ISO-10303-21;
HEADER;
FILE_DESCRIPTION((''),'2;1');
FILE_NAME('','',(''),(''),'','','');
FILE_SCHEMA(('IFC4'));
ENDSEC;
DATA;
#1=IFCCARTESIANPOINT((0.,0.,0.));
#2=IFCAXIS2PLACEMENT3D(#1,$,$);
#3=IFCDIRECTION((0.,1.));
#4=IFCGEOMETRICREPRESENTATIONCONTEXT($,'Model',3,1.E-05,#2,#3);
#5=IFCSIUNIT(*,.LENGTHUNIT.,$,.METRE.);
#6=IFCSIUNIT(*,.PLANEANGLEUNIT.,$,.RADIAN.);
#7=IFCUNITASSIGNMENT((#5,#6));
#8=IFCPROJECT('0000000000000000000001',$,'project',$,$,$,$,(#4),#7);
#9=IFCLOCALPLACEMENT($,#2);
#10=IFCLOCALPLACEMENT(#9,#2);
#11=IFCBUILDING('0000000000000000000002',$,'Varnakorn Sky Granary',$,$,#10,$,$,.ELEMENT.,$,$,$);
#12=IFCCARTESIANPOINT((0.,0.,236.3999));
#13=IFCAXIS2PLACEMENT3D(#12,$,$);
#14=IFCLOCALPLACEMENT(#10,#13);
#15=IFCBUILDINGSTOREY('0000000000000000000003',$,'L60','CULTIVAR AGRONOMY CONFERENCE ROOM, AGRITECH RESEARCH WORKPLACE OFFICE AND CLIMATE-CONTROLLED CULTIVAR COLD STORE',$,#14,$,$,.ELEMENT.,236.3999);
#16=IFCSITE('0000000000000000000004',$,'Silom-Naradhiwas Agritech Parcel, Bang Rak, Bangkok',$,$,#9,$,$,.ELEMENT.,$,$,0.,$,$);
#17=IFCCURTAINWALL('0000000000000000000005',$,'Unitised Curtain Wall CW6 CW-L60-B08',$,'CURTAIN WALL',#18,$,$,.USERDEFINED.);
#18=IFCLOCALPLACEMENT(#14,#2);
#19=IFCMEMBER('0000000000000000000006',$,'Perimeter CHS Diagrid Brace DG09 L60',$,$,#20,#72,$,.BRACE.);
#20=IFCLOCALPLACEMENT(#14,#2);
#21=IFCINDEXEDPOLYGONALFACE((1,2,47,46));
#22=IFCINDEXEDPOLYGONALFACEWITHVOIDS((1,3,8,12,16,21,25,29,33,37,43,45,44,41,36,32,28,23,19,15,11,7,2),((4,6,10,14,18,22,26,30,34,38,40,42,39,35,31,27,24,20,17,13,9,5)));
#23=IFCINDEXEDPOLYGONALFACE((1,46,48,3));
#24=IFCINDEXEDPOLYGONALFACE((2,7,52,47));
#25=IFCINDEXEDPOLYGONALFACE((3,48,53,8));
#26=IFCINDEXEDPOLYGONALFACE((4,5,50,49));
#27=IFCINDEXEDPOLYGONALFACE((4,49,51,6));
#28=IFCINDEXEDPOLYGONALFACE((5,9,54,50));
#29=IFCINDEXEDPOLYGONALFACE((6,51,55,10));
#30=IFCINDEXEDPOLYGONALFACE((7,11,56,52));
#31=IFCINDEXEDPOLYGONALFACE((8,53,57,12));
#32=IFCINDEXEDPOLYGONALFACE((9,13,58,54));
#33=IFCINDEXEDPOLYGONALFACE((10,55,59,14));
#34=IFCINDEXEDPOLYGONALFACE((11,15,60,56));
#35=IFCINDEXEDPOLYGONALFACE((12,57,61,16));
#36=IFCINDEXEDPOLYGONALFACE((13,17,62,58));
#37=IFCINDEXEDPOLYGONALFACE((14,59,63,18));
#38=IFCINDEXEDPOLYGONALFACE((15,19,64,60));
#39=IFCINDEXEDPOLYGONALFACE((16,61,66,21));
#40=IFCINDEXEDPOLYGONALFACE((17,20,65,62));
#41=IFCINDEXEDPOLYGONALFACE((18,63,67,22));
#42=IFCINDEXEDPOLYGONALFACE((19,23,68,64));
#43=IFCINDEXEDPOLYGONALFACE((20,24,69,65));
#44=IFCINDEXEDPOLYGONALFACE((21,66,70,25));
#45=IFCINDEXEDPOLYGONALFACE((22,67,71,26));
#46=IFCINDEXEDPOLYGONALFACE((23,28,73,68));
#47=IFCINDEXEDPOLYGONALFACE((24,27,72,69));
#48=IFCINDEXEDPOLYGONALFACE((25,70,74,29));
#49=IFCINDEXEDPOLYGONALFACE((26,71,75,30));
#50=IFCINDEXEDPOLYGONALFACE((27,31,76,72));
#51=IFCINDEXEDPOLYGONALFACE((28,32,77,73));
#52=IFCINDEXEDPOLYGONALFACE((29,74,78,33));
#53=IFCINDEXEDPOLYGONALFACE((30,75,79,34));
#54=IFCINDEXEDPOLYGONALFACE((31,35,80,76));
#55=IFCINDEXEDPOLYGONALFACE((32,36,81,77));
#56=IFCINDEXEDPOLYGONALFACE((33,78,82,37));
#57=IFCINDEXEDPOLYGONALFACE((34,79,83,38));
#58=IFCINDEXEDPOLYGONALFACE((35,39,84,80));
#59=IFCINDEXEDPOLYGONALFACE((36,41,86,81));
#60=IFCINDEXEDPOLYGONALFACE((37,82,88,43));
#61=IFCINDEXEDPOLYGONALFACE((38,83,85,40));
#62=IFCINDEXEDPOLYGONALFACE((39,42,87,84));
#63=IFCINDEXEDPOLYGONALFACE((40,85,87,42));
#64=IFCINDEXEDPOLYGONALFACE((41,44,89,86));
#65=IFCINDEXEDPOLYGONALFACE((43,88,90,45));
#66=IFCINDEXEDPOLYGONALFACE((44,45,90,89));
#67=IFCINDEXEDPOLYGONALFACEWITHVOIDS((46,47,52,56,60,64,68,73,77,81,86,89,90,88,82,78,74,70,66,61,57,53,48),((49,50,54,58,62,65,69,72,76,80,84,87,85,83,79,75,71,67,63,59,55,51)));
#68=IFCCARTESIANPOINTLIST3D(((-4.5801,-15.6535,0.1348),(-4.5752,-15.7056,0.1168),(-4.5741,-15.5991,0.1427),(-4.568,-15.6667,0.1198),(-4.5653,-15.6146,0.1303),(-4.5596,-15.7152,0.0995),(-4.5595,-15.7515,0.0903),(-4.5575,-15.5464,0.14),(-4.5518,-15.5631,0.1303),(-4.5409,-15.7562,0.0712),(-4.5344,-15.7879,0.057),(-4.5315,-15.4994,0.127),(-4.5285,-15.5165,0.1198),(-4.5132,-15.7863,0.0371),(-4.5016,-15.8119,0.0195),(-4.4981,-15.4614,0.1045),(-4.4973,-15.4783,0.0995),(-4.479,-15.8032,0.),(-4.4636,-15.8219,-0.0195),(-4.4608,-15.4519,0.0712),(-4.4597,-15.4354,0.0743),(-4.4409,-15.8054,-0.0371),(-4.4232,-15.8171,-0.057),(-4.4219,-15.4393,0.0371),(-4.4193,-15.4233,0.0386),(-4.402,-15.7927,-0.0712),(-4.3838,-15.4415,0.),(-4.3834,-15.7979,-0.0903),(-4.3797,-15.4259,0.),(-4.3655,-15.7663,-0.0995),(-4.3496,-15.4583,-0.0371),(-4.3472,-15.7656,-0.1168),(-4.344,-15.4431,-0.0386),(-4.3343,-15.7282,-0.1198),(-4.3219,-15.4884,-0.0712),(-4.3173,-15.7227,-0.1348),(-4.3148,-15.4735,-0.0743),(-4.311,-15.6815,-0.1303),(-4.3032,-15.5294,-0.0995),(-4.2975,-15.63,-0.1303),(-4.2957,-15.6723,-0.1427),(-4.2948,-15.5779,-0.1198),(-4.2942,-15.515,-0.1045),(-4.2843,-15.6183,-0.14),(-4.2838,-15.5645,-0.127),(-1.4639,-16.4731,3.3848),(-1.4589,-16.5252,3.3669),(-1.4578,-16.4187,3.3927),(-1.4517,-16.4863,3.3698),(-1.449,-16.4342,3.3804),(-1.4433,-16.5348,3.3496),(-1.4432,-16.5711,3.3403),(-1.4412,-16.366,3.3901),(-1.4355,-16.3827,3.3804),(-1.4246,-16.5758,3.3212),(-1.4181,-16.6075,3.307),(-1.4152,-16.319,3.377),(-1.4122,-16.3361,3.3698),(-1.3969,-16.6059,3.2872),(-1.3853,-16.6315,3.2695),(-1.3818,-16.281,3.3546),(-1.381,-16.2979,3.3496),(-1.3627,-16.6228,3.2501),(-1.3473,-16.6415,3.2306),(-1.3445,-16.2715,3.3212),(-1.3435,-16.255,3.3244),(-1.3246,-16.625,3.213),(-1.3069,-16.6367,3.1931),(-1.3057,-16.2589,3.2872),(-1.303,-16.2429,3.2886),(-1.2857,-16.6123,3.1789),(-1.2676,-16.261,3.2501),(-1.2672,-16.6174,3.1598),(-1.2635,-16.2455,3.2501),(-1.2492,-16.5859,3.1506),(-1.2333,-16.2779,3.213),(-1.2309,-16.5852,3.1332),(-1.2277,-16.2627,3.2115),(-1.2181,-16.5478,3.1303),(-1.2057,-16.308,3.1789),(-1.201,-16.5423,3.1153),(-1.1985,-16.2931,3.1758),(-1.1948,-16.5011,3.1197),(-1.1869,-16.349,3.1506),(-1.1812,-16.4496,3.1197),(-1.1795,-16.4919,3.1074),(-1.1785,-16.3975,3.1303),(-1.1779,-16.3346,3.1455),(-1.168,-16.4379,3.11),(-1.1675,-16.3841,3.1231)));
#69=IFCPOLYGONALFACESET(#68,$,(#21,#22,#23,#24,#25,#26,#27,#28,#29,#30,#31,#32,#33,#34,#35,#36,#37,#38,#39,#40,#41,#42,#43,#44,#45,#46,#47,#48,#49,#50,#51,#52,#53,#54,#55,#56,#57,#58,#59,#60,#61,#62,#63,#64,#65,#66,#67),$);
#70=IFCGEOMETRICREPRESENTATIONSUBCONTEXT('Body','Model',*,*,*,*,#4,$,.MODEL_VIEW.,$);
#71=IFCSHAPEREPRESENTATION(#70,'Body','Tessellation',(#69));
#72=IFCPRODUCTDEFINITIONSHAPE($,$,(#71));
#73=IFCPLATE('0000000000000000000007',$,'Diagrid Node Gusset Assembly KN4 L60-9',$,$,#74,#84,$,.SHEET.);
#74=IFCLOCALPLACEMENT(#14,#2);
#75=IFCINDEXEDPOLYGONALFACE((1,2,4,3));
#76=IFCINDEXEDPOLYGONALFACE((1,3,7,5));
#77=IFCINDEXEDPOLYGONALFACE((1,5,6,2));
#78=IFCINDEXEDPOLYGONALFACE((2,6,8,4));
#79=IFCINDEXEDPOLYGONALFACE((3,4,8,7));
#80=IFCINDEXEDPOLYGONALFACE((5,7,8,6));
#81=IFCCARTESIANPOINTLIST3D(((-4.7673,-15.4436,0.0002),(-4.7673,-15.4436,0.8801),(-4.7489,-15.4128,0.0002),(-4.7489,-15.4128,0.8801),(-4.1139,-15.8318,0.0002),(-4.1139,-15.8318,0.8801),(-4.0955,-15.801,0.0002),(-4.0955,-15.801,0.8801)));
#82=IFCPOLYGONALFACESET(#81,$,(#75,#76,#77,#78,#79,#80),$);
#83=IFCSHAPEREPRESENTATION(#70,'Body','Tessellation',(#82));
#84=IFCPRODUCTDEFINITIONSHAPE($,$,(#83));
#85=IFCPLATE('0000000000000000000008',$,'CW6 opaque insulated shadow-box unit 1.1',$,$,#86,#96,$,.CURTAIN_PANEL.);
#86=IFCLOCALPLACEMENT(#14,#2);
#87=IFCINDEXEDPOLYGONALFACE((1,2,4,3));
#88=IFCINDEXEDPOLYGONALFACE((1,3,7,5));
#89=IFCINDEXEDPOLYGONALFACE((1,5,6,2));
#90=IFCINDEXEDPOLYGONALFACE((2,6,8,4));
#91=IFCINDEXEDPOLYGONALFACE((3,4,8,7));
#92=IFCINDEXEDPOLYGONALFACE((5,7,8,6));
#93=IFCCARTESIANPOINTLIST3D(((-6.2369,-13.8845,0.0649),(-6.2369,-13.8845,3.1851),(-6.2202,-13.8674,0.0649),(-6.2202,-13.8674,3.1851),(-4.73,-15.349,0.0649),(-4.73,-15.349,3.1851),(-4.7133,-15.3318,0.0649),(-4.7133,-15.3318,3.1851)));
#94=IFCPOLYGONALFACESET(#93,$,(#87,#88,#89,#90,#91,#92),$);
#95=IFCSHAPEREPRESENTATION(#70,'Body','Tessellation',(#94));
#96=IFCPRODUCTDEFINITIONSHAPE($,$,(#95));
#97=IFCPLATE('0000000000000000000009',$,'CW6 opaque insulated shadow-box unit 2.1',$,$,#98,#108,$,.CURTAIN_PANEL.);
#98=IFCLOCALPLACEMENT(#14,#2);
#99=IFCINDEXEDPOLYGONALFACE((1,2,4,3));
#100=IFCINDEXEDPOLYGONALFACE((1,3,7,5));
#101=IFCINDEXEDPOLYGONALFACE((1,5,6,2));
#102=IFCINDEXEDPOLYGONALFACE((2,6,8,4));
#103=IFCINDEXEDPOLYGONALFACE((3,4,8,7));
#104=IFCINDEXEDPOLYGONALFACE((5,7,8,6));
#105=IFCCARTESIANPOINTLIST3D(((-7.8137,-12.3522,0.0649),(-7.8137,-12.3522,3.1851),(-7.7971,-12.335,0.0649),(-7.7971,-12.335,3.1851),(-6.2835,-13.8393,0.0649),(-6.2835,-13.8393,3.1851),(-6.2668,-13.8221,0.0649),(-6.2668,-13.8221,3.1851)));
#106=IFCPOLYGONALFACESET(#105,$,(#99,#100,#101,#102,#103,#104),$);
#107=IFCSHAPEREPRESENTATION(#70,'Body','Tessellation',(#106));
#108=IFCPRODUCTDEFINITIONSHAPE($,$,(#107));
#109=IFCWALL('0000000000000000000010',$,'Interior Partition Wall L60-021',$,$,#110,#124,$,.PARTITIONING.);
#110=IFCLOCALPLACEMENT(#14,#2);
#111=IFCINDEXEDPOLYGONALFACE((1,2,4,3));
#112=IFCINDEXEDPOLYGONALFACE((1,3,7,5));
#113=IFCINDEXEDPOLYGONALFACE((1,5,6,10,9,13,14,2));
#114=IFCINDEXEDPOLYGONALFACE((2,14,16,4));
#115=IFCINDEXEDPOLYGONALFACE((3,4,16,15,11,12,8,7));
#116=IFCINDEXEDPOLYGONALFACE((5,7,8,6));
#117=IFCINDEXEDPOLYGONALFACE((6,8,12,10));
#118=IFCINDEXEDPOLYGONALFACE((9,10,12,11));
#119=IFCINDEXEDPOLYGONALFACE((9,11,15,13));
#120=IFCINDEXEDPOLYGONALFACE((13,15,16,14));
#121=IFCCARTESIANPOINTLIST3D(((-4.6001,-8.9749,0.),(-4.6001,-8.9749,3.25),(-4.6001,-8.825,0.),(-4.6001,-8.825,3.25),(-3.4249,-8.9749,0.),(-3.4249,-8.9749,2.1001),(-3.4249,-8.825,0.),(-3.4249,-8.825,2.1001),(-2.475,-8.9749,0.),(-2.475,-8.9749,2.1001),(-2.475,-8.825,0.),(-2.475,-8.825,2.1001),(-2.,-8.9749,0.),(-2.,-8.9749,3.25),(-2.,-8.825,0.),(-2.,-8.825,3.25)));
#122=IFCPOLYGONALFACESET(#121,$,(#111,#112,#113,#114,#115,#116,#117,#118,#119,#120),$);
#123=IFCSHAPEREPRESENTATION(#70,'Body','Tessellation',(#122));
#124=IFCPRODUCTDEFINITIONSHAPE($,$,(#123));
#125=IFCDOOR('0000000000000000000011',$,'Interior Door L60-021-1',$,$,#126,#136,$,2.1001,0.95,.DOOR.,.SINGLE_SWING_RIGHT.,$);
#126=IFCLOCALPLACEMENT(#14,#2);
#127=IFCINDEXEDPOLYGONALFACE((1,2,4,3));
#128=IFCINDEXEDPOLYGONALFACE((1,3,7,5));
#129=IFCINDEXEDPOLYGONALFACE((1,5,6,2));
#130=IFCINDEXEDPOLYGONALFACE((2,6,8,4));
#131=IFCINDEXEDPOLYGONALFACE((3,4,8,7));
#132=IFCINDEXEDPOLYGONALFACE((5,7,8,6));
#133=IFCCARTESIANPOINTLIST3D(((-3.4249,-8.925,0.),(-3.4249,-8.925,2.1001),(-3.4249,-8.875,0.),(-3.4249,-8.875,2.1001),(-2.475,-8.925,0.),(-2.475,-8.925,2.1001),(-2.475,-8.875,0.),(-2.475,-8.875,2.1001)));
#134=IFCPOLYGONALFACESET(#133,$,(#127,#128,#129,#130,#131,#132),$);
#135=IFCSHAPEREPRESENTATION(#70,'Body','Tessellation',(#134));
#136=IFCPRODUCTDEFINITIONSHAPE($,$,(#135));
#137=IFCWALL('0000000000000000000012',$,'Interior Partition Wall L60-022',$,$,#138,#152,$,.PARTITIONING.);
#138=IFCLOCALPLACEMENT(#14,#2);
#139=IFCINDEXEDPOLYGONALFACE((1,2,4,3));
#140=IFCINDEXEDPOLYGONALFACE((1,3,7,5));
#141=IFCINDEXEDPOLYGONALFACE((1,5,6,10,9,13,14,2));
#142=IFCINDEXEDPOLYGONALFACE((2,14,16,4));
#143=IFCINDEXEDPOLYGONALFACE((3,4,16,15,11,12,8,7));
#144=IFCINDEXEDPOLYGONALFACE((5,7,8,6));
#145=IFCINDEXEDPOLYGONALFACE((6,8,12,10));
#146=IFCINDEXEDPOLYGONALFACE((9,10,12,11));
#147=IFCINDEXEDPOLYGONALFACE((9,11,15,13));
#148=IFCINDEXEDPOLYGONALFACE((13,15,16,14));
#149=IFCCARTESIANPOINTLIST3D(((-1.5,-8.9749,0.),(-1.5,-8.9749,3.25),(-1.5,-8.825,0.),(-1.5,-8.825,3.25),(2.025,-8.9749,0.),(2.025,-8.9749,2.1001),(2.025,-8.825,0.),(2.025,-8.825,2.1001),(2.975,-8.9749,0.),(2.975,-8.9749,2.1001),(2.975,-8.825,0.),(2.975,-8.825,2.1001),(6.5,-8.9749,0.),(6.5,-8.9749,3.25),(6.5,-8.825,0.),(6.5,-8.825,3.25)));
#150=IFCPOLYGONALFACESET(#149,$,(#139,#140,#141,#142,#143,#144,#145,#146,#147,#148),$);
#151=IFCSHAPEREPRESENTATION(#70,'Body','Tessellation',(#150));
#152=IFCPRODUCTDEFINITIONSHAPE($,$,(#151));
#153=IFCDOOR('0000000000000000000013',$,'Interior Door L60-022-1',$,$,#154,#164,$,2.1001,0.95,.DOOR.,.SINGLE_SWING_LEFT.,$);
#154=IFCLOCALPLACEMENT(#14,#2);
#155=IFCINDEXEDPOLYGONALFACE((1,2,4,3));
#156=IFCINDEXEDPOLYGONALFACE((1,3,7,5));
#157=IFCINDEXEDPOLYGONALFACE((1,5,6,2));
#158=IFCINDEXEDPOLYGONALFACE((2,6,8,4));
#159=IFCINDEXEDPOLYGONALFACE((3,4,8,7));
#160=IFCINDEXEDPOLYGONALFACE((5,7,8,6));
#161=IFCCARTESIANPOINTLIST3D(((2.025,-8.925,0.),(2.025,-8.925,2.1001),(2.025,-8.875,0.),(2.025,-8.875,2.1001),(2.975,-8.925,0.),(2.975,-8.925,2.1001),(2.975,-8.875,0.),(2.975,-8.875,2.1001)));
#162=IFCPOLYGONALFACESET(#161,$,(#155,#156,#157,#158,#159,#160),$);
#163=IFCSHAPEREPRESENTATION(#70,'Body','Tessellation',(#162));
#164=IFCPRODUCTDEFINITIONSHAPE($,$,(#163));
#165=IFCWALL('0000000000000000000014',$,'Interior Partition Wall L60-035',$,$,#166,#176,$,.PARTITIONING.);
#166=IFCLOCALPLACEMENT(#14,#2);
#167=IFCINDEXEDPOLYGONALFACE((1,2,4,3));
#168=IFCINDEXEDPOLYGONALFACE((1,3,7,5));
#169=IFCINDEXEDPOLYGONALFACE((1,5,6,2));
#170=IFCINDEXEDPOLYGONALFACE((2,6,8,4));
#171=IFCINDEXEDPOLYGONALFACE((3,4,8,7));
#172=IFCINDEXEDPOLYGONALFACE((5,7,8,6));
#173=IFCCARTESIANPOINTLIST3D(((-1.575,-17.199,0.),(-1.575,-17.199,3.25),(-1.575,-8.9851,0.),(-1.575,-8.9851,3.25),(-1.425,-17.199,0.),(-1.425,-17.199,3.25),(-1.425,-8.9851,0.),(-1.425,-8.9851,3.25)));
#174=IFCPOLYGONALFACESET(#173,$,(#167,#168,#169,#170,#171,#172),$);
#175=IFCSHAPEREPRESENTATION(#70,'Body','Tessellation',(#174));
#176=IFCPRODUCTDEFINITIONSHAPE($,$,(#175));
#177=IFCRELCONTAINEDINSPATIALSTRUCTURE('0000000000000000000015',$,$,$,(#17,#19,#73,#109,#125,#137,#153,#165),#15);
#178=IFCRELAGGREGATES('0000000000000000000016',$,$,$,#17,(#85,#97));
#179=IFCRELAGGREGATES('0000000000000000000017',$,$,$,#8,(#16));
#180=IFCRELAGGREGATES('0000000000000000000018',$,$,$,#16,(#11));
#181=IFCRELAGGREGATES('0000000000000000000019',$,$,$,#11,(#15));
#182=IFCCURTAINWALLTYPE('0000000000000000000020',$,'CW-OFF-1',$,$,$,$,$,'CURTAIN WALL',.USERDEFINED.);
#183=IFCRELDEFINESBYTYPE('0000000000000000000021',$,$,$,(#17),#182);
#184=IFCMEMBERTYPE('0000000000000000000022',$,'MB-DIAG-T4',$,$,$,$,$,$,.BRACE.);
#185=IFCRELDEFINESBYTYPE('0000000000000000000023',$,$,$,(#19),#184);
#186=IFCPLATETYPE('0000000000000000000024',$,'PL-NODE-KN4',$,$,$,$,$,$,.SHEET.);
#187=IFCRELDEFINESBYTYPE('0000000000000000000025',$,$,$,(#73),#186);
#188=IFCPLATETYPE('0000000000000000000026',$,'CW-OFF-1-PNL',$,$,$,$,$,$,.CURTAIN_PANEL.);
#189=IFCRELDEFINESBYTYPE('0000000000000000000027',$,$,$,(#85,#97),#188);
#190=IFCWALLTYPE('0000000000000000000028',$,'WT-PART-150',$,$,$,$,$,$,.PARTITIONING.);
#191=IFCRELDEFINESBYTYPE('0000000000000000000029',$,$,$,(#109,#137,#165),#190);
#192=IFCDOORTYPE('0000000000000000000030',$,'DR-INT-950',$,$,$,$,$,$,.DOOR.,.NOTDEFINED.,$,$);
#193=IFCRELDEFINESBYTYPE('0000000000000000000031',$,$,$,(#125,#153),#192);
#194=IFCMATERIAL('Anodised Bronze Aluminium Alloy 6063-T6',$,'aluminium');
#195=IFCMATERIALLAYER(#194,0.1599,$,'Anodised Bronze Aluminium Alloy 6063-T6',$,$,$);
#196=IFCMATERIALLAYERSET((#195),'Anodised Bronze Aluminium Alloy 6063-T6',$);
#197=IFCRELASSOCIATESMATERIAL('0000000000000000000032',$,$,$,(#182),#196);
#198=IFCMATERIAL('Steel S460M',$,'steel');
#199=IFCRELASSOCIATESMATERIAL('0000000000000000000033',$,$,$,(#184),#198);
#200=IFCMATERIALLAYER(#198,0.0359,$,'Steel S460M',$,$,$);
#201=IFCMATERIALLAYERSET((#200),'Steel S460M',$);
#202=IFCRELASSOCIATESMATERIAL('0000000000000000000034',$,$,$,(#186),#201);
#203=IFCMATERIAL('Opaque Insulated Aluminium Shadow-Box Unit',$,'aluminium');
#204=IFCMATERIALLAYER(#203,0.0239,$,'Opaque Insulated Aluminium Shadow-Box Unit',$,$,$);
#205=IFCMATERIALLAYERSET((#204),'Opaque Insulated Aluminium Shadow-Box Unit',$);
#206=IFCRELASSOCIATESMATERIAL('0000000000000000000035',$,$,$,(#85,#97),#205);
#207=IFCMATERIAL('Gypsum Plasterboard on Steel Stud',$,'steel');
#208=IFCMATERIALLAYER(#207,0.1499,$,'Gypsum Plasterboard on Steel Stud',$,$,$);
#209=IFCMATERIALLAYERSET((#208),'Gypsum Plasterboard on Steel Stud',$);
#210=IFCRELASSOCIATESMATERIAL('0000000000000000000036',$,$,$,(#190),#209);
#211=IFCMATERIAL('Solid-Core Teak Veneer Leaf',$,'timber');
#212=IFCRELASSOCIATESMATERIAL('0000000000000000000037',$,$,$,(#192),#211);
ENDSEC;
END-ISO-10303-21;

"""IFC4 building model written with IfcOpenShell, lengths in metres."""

from ifc_helpers import new_model, si_unit, direction, frame, frame_2d, origin, origin_2d, place, context, subcontext, project, spatial, rectangle, hollow_circle, extrude, source, transform, mapped, material, layer, layer_set, material_profile, profile_set, type_object, type_shapes, element, fill, aggregate, save


model = new_model("IFC4")

# Units and contexts
model_context = context("Model", 3, precision=1e-05, world=origin(), true_north=direction((0.0, 1.0)))
body_context = subcontext(model_context, "Body", "Model", "MODEL_VIEW")
ifc_project = project(units=[si_unit("LENGTHUNIT", "METRE"), si_unit("PLANEANGLEUNIT", "RADIAN")], contexts=[model_context])

# Site, building, storey
site_placement = place(None, origin())
site = spatial("IfcSite", under=ifc_project, at=site_placement, Name="Silom-Naradhiwas Agritech Parcel, Bang Rak, Bangkok", CompositionType="ELEMENT", RefElevation=0.0)
building_placement = place(site_placement, origin())
building = spatial("IfcBuilding", under=site, at=building_placement, Name="Varnakorn Sky Granary", CompositionType="ELEMENT")
storey_placement = place(building_placement, frame((0.0, 0.0, 236.3999)))
storey = spatial("IfcBuildingStorey", under=building, at=storey_placement, Name="L60", Description="CULTIVAR AGRONOMY CONFERENCE ROOM, AGRITECH RESEARCH WORKPLACE OFFICE AND CLIMATE-CONTROLLED CULTIVAR COLD STORE", CompositionType="ELEMENT", Elevation=236.3999)

# Shared definitions
ifc_material_1 = material(Name="Steel S460M", Category="steel")

# Curtain wall
ifc_material_2 = material(Name="Anodised Bronze Aluminium Alloy 6063-T6", Category="aluminium")
ifc_layer_1 = layer(ifc_material_2, 0.1599, Name="Anodised Bronze Aluminium Alloy 6063-T6")
ifc_layer_set_1 = layer_set([ifc_layer_1], Name="Anodised Bronze Aluminium Alloy 6063-T6")
curtain_wall_type = type_object("IfcCurtainWallType", Name="CW-OFF-1", ElementType="CURTAIN WALL", PredefinedType="USERDEFINED", material=ifc_layer_set_1)
curtain_wall_placement = place(storey_placement, origin())
curtain_wall = element("IfcCurtainWall", 1, at=curtain_wall_placement, inside=storey, type_object=curtain_wall_type, Name="Unitised Curtain Wall CW6 CW-L60-B08", ObjectType="CURTAIN WALL", PredefinedType="USERDEFINED")

# Member
ifc_material_profile_1 = material_profile(ifc_material_1, hollow_circle(Radius=0.2031, WallThickness=0.0161, at=origin_2d()), Name="CHS 406.4x16")
ifc_profile_set_1 = profile_set([ifc_material_profile_1], Name="Steel S460M")
member_type_1 = type_object("IfcMemberType", Name="MB-DIAG-T4", PredefinedType="BRACE", material=ifc_profile_set_1)
member_1_placement = place(storey_placement, frame((-4.4314, -15.6223, 0.0), z_axis=(0.680906, -0.179082, 0.710139), x_axis=(0.254355, 0.967111, 0.0)))
element("IfcMember", 2, at=member_1_placement, inside=storey, type_object=member_type_1, Name="Perimeter CHS Diagrid Brace DG09 L60", PredefinedType="BRACE", context=body_context, shape_type="SweptSolid", body=[
    extrude(hollow_circle(Radius=0.2031, WallThickness=0.0161, at=origin_2d()), origin(), (0.0, 0.0, 1.0), 4.5767),
])

# Plates
ifc_layer_2 = layer(ifc_material_1, 0.0359, Name="Steel S460M")
ifc_layer_set_2 = layer_set([ifc_layer_2], Name="Steel S460M")
plate_type_1 = type_object("IfcPlateType", Name="PL-NODE-KN4", PredefinedType="SHEET", material=ifc_layer_set_2)
plate_1_placement = place(storey_placement, frame((-4.4314, -15.6223, 0.0002), z_axis=(0.0, 0.0, 1.0), x_axis=(0.859714, -0.510775, 0.0)))
element("IfcPlate", 3, at=plate_1_placement, inside=storey, type_object=plate_type_1, Name="Diagrid Node Gusset Assembly KN4 L60-9", PredefinedType="SHEET", context=body_context, shape_type="SweptSolid", body=[
    extrude(rectangle(XDim=0.76, YDim=0.0359, at=origin_2d()), origin(), (0.0, 0.0, 1.0), 0.8799),
])
ifc_material_3 = material(Name="Opaque Insulated Aluminium Shadow-Box Unit", Category="aluminium")
ifc_layer_3 = layer(ifc_material_3, 0.0239, Name="Opaque Insulated Aluminium Shadow-Box Unit")
ifc_layer_set_3 = layer_set([ifc_layer_3], Name="Opaque Insulated Aluminium Shadow-Box Unit")
plate_type_2 = type_object("IfcPlateType", Name="CW-OFF-1-PNL", PredefinedType="CURTAIN_PANEL")
shared_shape_1 = source(origin(), body_context, "Body", "SweptSolid", [
    extrude(rectangle(XDim=2.1013, YDim=0.0239, at=origin_2d()), origin(), (0.0, 0.0, 1.0), 3.1201),
])
plate_2_placement = place(storey_placement, frame((-5.4751, -14.6082, 0.0649), z_axis=(0.0, 0.0, 1.0), x_axis=(-0.717154, 0.696915, 0.0)))
plate_2 = element("IfcPlate", 4, at=plate_2_placement, type_object=plate_type_2, material=ifc_layer_set_3, Name="CW6 opaque insulated shadow-box unit 1.1", PredefinedType="CURTAIN_PANEL", context=body_context, shape_type="MappedRepresentation", body=[
    mapped(shared_shape_1, transform((0.0, 0.0, 0.0), x_axis=(1.0, 0.0, 0.0), y_axis=(0.0, 1.0, 0.0), z_axis=(0.0, 0.0, 1.0), scale=1.0)),
])
shared_shape_2 = source(origin(), body_context, "Body", "SweptSolid", [
    extrude(rectangle(XDim=2.1338, YDim=0.0239, at=origin_2d()), origin(), (0.0, 0.0, 1.0), 3.1201),
])
type_shapes(plate_type_2, [shared_shape_1, shared_shape_2])
plate_3_placement = place(storey_placement, frame((-7.0403, -13.0872, 0.0649), z_axis=(0.0, 0.0, 1.0), x_axis=(-0.717154, 0.696915, 0.0)))
plate_3 = element("IfcPlate", 5, at=plate_3_placement, type_object=plate_type_2, material=ifc_layer_set_3, Name="CW6 opaque insulated shadow-box unit 2.1", PredefinedType="CURTAIN_PANEL", context=body_context, shape_type="MappedRepresentation", body=[
    mapped(shared_shape_2, transform((0.0, 0.0, 0.0), x_axis=(1.0, 0.0, 0.0), y_axis=(0.0, 1.0, 0.0), z_axis=(0.0, 0.0, 1.0), scale=1.0)),
])
aggregate(curtain_wall, [plate_2, plate_3])

# Walls, openings, doors
ifc_material_4 = material(Name="Gypsum Plasterboard on Steel Stud", Category="steel")
ifc_layer_4 = layer(ifc_material_4, 0.1499, Name="Gypsum Plasterboard on Steel Stud")
ifc_layer_set_4 = layer_set([ifc_layer_4], Name="Gypsum Plasterboard on Steel Stud")
wall_type = type_object("IfcWallType", Name="WT-PART-150", PredefinedType="PARTITIONING", material=ifc_layer_set_4)
wall_1_placement = place(storey_placement, frame((-4.6001, -8.8999, 0.0), z_axis=(0.0, 0.0, 1.0), x_axis=(1.0, 0.0, 0.0)))
wall_1 = element("IfcWall", 6, at=wall_1_placement, inside=storey, type_object=wall_type, Name="Interior Partition Wall L60-021", PredefinedType="PARTITIONING", context=body_context, shape_type="SweptSolid", body=[
    extrude(rectangle(XDim=2.6001, YDim=0.1499, at=frame_2d((1.3, 0.0))), origin(), (0.0, 0.0, 1.0), 3.25),
])
opening_1_placement = place(wall_1_placement, frame((1.175, 0.0, 0.0)))
opening_1 = element("IfcOpeningElement", 7, at=opening_1_placement, cuts=wall_1, PredefinedType="OPENING", context=body_context, shape_type="SweptSolid", body=[
    extrude(rectangle(XDim=0.95, YDim=2.1001, at=frame_2d((0.4751, 1.05))), frame((0.0, 0.085, 0.0), z_axis=(0.0, -1.0, 0.0), x_axis=(1.0, 0.0, 0.0)), (0.0, 0.0, 1.0), 0.1699),
])
ifc_material_5 = material(Name="Solid-Core Teak Veneer Leaf", Category="timber")
door_type = type_object("IfcDoorType", Name="DR-INT-950", OperationType="NOTDEFINED", PredefinedType="DOOR", material=ifc_material_5)
door_1_placement = place(opening_1_placement, origin())
door_1 = element("IfcDoor", 8, at=door_1_placement, inside=storey, type_object=door_type, Name="Interior Door L60-021-1", OperationType="SINGLE_SWING_RIGHT", OverallHeight=2.1001, OverallWidth=0.95, PredefinedType="DOOR", context=body_context, shape_type="SweptSolid", body=[
    extrude(rectangle(XDim=0.95, YDim=2.1001, at=frame_2d((0.4751, 1.05))), frame((0.0, 0.0249, 0.0), z_axis=(0.0, -1.0, 0.0), x_axis=(1.0, 0.0, 0.0)), (0.0, 0.0, 1.0), 0.05),
])
fill(opening_1, door_1)
wall_2_placement = place(storey_placement, frame((-1.5, -8.8999, 0.0), z_axis=(0.0, 0.0, 1.0), x_axis=(1.0, 0.0, 0.0)))
wall_2 = element("IfcWall", 9, at=wall_2_placement, inside=storey, type_object=wall_type, Name="Interior Partition Wall L60-022", PredefinedType="PARTITIONING", context=body_context, shape_type="SweptSolid", body=[
    extrude(rectangle(XDim=8.0, YDim=0.1499, at=frame_2d((4.0, 0.0))), origin(), (0.0, 0.0, 1.0), 3.25),
])
opening_2_placement = place(wall_2_placement, frame((3.5249, 0.0, 0.0)))
opening_2 = element("IfcOpeningElement", 10, at=opening_2_placement, cuts=wall_2, PredefinedType="OPENING", context=body_context, shape_type="SweptSolid", body=[
    extrude(rectangle(XDim=0.95, YDim=2.1001, at=frame_2d((0.4751, 1.05))), frame((0.0, 0.085, 0.0), z_axis=(0.0, -1.0, 0.0), x_axis=(1.0, 0.0, 0.0)), (0.0, 0.0, 1.0), 0.1699),
])
door_2_placement = place(opening_2_placement, origin())
door_2 = element("IfcDoor", 11, at=door_2_placement, inside=storey, type_object=door_type, Name="Interior Door L60-022-1", OperationType="SINGLE_SWING_LEFT", OverallHeight=2.1001, OverallWidth=0.95, PredefinedType="DOOR", context=body_context, shape_type="SweptSolid", body=[
    extrude(rectangle(XDim=0.95, YDim=2.1001, at=frame_2d((0.4751, 1.05))), frame((0.0, 0.0249, 0.0), z_axis=(0.0, -1.0, 0.0), x_axis=(1.0, 0.0, 0.0)), (0.0, 0.0, 1.0), 0.05),
])
fill(opening_2, door_2)

# Wall
wall_3_placement = place(storey_placement, frame((-1.5, -8.9851, 0.0), z_axis=(0.0, 0.0, 1.0), x_axis=(0.0, -1.0, 0.0)))
element("IfcWall", 12, at=wall_3_placement, inside=storey, type_object=wall_type, Name="Interior Partition Wall L60-035", PredefinedType="PARTITIONING", context=body_context, shape_type="SweptSolid", body=[
    extrude(rectangle(XDim=8.2139, YDim=0.1499, at=frame_2d((4.1069, 0.0))), origin(), (0.0, 0.0, 1.0), 3.25),
])

save(model, "model.ifc")
